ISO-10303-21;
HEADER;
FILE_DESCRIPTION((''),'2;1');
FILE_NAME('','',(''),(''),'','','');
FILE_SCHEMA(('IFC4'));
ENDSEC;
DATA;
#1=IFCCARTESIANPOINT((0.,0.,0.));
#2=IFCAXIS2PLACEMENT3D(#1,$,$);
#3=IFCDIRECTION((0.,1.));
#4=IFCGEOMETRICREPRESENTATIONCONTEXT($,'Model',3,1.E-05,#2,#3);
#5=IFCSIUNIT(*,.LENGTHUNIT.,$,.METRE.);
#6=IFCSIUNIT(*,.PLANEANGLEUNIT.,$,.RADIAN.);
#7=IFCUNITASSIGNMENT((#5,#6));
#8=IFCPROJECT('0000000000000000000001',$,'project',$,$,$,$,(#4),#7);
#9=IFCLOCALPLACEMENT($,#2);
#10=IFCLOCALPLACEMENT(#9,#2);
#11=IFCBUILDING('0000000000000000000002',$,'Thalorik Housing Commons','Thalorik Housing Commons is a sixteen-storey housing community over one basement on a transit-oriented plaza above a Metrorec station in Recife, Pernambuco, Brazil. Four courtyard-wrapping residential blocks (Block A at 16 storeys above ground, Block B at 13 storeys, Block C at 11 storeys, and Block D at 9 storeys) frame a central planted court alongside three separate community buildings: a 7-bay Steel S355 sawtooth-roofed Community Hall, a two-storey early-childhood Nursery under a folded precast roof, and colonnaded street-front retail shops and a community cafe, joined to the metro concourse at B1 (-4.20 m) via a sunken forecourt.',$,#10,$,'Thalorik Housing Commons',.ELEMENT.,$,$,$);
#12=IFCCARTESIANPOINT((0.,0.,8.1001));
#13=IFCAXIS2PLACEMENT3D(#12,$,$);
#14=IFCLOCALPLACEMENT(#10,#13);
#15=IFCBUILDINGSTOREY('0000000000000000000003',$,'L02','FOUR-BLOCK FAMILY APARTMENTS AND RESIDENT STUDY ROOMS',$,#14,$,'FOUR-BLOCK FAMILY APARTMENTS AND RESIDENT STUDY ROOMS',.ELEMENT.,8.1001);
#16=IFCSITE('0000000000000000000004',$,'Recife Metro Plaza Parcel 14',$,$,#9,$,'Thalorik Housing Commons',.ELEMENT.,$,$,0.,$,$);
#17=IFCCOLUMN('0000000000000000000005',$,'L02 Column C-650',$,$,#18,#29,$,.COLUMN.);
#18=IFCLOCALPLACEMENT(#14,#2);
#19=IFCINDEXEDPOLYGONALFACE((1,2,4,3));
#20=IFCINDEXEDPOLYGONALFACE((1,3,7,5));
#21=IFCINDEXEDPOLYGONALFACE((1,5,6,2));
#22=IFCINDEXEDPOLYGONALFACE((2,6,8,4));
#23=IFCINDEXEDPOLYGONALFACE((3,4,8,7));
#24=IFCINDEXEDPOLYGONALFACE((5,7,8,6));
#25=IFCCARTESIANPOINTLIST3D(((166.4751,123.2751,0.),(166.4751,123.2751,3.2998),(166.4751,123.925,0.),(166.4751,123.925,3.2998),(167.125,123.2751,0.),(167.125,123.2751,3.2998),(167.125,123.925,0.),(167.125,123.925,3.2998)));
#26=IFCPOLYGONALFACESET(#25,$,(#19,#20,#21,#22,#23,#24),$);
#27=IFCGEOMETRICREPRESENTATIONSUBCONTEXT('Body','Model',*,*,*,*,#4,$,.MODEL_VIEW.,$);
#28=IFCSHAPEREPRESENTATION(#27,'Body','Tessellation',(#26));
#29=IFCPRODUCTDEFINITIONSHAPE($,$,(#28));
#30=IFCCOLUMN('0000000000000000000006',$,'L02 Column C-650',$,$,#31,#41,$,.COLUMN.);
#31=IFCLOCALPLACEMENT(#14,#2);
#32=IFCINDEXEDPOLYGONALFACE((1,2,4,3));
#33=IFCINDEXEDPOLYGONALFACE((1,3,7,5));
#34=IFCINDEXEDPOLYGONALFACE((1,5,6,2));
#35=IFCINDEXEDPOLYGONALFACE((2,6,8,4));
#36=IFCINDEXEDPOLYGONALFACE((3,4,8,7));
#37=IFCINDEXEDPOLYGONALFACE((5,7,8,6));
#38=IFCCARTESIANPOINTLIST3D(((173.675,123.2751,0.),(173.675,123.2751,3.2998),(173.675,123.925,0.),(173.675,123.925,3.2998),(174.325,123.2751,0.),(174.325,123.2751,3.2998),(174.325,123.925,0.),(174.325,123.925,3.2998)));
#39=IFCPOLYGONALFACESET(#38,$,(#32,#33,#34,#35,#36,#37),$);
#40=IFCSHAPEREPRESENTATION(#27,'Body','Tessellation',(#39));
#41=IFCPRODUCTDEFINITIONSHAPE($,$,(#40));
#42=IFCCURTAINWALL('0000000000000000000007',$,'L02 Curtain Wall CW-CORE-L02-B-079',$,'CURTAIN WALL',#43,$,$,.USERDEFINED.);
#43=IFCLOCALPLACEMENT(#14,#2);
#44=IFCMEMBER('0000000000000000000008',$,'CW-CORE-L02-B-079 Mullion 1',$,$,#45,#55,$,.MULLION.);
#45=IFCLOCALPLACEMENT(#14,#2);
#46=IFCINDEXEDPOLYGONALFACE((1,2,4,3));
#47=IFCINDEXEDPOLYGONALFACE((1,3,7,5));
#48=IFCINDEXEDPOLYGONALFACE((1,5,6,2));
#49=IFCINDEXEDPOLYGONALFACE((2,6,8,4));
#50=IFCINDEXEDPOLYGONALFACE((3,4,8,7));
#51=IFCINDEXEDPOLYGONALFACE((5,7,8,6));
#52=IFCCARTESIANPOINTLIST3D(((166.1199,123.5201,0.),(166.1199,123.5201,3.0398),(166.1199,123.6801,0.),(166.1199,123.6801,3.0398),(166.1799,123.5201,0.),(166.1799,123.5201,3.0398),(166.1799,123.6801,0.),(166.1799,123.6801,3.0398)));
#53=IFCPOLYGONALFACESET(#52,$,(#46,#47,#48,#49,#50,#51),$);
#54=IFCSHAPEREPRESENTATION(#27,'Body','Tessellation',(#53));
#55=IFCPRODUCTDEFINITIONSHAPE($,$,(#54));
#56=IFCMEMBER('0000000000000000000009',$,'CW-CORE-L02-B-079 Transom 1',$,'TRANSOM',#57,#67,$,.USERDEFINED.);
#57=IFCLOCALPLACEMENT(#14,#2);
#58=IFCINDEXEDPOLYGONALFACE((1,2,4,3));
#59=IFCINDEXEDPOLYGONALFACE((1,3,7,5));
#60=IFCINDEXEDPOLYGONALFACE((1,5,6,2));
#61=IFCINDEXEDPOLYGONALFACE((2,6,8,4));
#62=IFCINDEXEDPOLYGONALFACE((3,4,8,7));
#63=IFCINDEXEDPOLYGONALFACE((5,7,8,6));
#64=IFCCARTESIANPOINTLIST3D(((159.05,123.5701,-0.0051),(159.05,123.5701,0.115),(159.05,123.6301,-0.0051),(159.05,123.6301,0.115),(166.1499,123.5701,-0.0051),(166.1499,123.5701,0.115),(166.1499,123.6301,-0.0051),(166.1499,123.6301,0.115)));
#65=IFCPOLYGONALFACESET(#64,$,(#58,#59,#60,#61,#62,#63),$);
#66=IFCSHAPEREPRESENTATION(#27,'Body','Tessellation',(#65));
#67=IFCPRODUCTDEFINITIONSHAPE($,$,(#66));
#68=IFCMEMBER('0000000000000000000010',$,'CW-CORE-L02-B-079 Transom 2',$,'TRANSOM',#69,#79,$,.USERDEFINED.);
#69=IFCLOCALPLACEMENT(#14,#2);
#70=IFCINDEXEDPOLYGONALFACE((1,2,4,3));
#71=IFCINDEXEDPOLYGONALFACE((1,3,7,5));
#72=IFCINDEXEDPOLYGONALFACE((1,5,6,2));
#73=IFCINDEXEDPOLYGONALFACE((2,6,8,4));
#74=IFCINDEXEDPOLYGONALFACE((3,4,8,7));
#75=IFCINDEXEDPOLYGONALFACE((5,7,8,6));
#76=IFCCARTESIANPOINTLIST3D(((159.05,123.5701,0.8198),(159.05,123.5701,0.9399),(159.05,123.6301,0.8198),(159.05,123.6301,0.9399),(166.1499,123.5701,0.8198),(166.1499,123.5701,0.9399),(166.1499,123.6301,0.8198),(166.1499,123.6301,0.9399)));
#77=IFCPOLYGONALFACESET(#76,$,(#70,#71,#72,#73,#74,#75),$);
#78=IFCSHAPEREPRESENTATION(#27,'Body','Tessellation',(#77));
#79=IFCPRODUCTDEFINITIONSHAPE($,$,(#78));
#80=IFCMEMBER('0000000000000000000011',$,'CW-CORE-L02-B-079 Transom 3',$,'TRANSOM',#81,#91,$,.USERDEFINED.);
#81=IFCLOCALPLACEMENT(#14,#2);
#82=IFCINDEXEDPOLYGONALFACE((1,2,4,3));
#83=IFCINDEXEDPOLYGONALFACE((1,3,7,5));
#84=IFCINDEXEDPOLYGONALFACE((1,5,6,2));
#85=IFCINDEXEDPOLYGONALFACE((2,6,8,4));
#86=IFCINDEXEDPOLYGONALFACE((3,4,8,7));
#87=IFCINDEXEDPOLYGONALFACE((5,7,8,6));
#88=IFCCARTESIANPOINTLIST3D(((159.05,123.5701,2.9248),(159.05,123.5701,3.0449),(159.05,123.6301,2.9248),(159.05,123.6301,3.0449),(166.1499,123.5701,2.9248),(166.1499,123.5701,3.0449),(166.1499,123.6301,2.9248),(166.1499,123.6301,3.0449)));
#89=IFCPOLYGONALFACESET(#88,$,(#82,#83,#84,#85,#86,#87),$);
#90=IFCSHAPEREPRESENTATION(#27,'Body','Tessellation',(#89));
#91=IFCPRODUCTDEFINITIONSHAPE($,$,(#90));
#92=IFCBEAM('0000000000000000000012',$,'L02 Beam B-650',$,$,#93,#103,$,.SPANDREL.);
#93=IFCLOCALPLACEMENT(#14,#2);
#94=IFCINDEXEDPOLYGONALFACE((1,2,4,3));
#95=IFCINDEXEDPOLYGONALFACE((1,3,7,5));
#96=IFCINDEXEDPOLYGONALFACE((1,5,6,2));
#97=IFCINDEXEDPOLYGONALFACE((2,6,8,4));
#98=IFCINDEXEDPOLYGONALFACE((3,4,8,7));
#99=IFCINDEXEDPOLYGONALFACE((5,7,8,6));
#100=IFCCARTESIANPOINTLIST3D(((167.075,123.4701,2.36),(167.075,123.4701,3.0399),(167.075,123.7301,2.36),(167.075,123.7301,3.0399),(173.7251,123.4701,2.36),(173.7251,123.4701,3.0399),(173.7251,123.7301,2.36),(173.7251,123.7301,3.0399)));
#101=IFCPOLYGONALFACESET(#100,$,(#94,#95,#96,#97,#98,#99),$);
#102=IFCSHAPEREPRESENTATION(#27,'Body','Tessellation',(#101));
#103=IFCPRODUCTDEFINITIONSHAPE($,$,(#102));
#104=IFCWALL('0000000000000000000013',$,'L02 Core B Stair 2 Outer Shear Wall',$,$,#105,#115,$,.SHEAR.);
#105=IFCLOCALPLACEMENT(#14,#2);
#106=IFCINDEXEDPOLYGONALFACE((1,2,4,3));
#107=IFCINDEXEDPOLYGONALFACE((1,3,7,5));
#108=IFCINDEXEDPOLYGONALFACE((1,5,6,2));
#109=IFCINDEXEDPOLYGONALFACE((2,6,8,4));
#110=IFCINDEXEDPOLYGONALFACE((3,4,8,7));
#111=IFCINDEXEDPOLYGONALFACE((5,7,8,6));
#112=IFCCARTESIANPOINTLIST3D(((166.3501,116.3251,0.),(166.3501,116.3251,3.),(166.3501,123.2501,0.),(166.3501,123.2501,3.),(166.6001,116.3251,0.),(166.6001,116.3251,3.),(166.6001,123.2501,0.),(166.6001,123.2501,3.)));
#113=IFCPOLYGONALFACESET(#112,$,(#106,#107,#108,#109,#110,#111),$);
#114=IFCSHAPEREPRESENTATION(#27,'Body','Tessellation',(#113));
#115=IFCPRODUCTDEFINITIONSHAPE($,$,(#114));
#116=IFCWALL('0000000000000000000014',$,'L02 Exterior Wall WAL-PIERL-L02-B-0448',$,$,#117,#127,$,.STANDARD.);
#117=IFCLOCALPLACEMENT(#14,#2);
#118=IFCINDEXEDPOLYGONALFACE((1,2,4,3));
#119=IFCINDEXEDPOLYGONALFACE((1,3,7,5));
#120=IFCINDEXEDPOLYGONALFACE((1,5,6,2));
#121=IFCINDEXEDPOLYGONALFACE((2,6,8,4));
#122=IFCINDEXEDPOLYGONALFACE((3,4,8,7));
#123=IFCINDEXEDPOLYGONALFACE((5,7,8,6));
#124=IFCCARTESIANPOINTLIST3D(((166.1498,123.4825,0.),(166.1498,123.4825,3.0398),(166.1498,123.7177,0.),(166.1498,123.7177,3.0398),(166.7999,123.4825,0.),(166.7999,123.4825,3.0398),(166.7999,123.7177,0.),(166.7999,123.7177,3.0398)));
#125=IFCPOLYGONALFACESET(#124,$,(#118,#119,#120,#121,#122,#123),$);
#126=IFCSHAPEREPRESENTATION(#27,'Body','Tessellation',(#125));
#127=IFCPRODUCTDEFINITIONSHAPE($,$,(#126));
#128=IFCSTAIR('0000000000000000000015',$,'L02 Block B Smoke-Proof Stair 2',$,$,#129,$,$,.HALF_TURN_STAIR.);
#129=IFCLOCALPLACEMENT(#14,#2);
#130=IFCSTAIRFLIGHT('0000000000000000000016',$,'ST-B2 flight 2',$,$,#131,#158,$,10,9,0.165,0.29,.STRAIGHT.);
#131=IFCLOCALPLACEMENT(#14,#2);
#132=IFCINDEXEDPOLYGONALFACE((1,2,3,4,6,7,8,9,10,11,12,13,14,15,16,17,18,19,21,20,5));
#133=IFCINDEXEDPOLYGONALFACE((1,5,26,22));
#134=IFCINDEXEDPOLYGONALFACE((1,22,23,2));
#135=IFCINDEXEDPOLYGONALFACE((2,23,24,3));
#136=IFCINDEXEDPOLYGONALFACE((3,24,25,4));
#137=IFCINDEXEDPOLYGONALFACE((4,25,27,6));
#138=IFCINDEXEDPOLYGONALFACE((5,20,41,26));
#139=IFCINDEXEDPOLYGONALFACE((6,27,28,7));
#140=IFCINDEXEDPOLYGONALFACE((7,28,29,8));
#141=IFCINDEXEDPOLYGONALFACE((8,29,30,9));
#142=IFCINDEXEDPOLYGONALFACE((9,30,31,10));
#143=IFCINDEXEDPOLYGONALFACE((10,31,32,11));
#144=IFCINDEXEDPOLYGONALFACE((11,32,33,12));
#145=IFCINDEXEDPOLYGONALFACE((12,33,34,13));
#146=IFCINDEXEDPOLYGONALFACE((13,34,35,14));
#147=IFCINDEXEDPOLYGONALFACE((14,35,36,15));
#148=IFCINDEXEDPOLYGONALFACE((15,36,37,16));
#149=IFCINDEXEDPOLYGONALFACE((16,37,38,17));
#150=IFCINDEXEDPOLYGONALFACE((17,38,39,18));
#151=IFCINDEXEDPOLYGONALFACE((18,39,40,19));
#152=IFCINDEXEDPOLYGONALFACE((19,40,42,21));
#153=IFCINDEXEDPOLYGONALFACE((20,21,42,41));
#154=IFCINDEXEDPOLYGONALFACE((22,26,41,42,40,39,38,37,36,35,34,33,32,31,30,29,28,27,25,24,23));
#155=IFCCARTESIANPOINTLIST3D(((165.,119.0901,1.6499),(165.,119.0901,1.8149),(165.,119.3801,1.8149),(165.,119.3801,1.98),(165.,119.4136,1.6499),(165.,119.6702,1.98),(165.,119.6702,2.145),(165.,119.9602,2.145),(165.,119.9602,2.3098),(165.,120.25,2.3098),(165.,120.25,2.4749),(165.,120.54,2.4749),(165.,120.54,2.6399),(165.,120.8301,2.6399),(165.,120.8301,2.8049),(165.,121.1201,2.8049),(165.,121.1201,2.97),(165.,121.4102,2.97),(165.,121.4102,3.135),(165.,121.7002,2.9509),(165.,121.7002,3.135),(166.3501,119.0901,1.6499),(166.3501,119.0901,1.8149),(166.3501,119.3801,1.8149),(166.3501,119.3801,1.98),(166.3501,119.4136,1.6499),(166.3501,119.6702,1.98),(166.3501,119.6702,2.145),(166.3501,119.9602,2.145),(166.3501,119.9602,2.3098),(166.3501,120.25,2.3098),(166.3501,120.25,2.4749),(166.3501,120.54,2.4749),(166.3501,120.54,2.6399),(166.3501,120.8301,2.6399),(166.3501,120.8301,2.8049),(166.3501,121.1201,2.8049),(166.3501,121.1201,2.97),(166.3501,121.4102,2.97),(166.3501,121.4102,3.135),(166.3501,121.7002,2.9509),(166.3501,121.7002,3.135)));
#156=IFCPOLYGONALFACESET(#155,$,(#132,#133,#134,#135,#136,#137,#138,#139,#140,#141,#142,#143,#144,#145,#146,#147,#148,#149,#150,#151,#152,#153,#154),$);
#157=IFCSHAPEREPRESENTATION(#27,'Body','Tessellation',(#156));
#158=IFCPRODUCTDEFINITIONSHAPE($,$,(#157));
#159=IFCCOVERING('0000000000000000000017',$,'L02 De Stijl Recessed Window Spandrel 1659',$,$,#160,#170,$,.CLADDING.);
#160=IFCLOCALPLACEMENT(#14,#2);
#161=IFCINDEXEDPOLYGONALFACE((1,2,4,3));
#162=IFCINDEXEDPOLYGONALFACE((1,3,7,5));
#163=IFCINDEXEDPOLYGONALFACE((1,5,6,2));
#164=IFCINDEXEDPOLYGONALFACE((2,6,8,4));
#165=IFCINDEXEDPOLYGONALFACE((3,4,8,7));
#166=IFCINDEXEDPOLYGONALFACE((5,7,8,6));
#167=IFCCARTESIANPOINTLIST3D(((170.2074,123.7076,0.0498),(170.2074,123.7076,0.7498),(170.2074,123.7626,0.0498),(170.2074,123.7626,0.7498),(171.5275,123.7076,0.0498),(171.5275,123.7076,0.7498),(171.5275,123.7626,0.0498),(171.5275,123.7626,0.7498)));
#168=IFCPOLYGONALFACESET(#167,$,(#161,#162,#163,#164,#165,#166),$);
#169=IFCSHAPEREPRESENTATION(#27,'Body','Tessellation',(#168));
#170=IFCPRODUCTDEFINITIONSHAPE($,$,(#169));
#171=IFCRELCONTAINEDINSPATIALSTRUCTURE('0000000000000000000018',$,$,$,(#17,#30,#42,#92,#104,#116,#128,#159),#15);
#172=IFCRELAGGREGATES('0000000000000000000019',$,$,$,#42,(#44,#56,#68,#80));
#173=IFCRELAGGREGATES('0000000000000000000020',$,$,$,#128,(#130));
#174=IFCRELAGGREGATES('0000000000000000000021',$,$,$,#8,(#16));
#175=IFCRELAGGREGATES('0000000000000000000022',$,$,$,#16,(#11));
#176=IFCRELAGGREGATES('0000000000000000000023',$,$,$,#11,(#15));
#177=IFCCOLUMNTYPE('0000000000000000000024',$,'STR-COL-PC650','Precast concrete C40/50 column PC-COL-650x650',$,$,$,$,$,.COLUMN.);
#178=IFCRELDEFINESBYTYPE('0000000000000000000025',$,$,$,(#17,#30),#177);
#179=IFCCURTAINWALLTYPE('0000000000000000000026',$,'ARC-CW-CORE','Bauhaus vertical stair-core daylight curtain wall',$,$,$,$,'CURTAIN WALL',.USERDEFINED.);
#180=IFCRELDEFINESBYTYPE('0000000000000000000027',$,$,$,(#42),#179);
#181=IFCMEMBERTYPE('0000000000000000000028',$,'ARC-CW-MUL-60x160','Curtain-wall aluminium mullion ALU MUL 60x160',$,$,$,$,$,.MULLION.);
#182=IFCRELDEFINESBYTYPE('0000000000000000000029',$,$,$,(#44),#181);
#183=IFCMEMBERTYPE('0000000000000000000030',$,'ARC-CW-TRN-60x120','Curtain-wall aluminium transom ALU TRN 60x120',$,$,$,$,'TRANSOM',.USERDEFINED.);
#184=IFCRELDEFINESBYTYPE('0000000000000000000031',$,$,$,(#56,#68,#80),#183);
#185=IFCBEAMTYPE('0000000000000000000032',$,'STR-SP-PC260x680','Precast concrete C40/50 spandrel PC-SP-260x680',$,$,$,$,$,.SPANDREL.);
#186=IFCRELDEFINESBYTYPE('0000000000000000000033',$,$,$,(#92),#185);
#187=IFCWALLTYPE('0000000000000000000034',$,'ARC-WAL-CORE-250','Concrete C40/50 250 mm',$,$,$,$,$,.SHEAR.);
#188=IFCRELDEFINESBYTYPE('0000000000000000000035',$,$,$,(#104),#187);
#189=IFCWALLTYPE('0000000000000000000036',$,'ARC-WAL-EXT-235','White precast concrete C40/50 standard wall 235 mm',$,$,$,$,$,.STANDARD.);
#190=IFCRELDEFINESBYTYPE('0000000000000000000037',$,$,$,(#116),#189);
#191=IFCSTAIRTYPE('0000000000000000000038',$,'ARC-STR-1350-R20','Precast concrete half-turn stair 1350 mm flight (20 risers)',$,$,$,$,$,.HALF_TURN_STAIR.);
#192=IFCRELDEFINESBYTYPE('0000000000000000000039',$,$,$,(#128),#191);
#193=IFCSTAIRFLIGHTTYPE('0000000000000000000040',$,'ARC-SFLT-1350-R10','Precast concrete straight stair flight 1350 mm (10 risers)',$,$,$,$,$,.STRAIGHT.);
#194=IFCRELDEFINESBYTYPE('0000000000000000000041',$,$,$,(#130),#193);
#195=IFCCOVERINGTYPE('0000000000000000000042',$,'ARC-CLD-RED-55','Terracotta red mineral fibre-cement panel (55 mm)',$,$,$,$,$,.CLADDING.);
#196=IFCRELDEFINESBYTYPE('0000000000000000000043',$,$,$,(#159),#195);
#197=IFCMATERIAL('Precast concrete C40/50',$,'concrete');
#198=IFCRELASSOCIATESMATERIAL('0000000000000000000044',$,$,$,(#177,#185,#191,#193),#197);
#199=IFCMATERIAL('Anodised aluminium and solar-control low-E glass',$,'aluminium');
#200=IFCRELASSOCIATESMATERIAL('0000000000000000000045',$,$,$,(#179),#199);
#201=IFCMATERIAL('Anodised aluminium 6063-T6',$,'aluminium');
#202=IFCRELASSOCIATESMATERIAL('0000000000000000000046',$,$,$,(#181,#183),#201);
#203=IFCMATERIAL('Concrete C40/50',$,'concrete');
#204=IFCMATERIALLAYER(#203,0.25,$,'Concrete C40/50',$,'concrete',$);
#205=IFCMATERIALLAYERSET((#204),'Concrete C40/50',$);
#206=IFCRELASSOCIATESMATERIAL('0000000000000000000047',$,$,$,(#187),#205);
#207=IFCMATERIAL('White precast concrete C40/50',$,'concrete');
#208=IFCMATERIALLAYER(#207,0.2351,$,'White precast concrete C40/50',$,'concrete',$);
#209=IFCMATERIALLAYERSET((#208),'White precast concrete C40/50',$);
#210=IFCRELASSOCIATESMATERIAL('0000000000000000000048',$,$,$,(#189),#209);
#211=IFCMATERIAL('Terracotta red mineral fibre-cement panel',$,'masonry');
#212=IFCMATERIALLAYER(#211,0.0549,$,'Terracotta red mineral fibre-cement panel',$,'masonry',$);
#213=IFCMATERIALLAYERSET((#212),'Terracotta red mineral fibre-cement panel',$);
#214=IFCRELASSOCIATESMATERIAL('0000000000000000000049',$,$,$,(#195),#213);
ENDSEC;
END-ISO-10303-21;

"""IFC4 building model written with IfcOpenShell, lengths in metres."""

from ifc_helpers import new_model, si_unit, direction, frame, frame_2d, origin, origin_2d, place, context, subcontext, project, spatial, polyline, rectangle, outline, extrude, material, layer, layer_set, material_profile, profile_set, type_object, element, aggregate, save


model = new_model("IFC4")

# Units and contexts
model_context = context("Model", 3, precision=1e-05, world=origin(), true_north=direction((0.0, 1.0)))
body_context = subcontext(model_context, "Body", "Model", "MODEL_VIEW")
ifc_project = project(units=[si_unit("LENGTHUNIT", "METRE"), si_unit("PLANEANGLEUNIT", "RADIAN")], contexts=[model_context])

# Site, building, storey
site_placement = place(None, origin())
site = spatial("IfcSite", under=ifc_project, at=site_placement, Name="Recife Metro Plaza Parcel 14", LongName="Thalorik Housing Commons", CompositionType="ELEMENT", RefElevation=0.0)
building_placement = place(site_placement, origin())
building = spatial("IfcBuilding", under=site, at=building_placement, Name="Thalorik Housing Commons", Description="Thalorik Housing Commons is a sixteen-storey housing community over one basement on a transit-oriented plaza above a Metrorec station in Recife, Pernambuco, Brazil. Four courtyard-wrapping residential blocks (Block A at 16 storeys above ground, Block B at 13 storeys, Block C at 11 storeys, and Block D at 9 storeys) frame a central planted court alongside three separate community buildings: a 7-bay Steel S355 sawtooth-roofed Community Hall, a two-storey early-childhood Nursery under a folded precast roof, and colonnaded street-front retail shops and a community cafe, joined to the metro concourse at B1 (-4.20 m) via a sunken forecourt.", LongName="Thalorik Housing Commons", CompositionType="ELEMENT")
storey_placement = place(building_placement, frame((0.0, 0.0, 8.1001)))
storey = spatial("IfcBuildingStorey", under=building, at=storey_placement, Name="L02", Description="FOUR-BLOCK FAMILY APARTMENTS AND RESIDENT STUDY ROOMS", LongName="FOUR-BLOCK FAMILY APARTMENTS AND RESIDENT STUDY ROOMS", CompositionType="ELEMENT", Elevation=8.1001)

# Columns
ifc_material_1 = material(Name="Precast concrete C40/50", Category="concrete")
ifc_material_profile_1 = material_profile(ifc_material_1, rectangle(XDim=0.6499, YDim=0.6499, at=origin_2d()), Name="PC 650x650", Category="concrete")
ifc_profile_set_1 = profile_set([ifc_material_profile_1], Name="Precast concrete C40/50")
column_type = type_object("IfcColumnType", Name="STR-COL-PC650", Description="Precast concrete C40/50 column PC-COL-650x650", PredefinedType="COLUMN", material=ifc_profile_set_1)
for number, where, z_axis, x_axis, name in (
    (1, (166.8, 123.6001, 0.0), (0.0, 0.0, 1.0), (1.0, 0.0, 0.0), "L02 Column C-650"),
    (2, (174.0, 123.6001, 0.0), (0.0, 0.0, 1.0), (1.0, 0.0, 0.0), "L02 Column C-650"),
):
    element("IfcColumn", number, at=place(storey_placement, frame(where, z_axis=z_axis, x_axis=x_axis)), inside=storey, type_object=column_type, Name=name, PredefinedType="COLUMN", context=body_context, shape_type="SweptSolid", body=[
        extrude(rectangle(XDim=0.6499, YDim=0.6499, at=origin_2d()), origin(), (0.0, 0.0, 1.0), 3.2998),
    ])

# Curtain wall, members
ifc_material_2 = material(Name="Anodised aluminium and solar-control low-E glass", Category="aluminium")
curtain_wall_type = type_object("IfcCurtainWallType", Name="ARC-CW-CORE", Description="Bauhaus vertical stair-core daylight curtain wall", ElementType="CURTAIN WALL", PredefinedType="USERDEFINED", material=ifc_material_2)
curtain_wall_placement = place(storey_placement, origin())
curtain_wall = element("IfcCurtainWall", 3, at=curtain_wall_placement, inside=storey, type_object=curtain_wall_type, Name="L02 Curtain Wall CW-CORE-L02-B-079", ObjectType="CURTAIN WALL", PredefinedType="USERDEFINED")
ifc_material_3 = material(Name="Anodised aluminium 6063-T6", Category="aluminium")
ifc_material_profile_2 = material_profile(ifc_material_3, rectangle(XDim=0.0601, YDim=0.1599, at=origin_2d()), Name="ALU MUL 60x160", Category="aluminium")
ifc_profile_set_2 = profile_set([ifc_material_profile_2], Name="Anodised aluminium 6063-T6")
member_type_1 = type_object("IfcMemberType", Name="ARC-CW-MUL-60x160", Description="Curtain-wall aluminium mullion ALU MUL 60x160", PredefinedType="MULLION", material=ifc_profile_set_2)
member_1_placement = place(storey_placement, frame((166.1499, 123.6001, 0.0), z_axis=(0.0, 0.0, 1.0), x_axis=(-1.0, 0.0, 0.0)))
member_1 = element("IfcMember", 4, at=member_1_placement, type_object=member_type_1, Name="CW-CORE-L02-B-079 Mullion 1", PredefinedType="MULLION", context=body_context, shape_type="SweptSolid", body=[
    extrude(rectangle(XDim=0.0601, YDim=0.1599, at=origin_2d()), origin(), (0.0, 0.0, 1.0), 3.0398),
])
ifc_material_profile_3 = material_profile(ifc_material_3, rectangle(XDim=0.0601, YDim=0.1201, at=origin_2d()), Name="ALU TRN 60x120", Category="aluminium")
ifc_profile_set_3 = profile_set([ifc_material_profile_3], Name="Anodised aluminium 6063-T6")
member_type_2 = type_object("IfcMemberType", Name="ARC-CW-TRN-60x120", Description="Curtain-wall aluminium transom ALU TRN 60x120", ElementType="TRANSOM", PredefinedType="USERDEFINED", material=ifc_profile_set_3)
member_2_placement = place(storey_placement, frame((166.1499, 123.6001, 0.0549), z_axis=(-1.0, 0.0, 0.0), x_axis=(0.0, -1.0, 0.0)))
member_2 = element("IfcMember", 5, at=member_2_placement, type_object=member_type_2, Name="CW-CORE-L02-B-079 Transom 1", ObjectType="TRANSOM", PredefinedType="USERDEFINED", context=body_context, shape_type="SweptSolid", body=[
    extrude(rectangle(XDim=0.0601, YDim=0.1201, at=origin_2d()), origin(), (0.0, 0.0, 1.0), 7.0999),
])
member_3_placement = place(storey_placement, frame((166.1499, 123.6001, 0.8799), z_axis=(-1.0, 0.0, 0.0), x_axis=(0.0, -1.0, 0.0)))
member_3 = element("IfcMember", 6, at=member_3_placement, type_object=member_type_2, Name="CW-CORE-L02-B-079 Transom 2", ObjectType="TRANSOM", PredefinedType="USERDEFINED", context=body_context, shape_type="SweptSolid", body=[
    extrude(rectangle(XDim=0.0601, YDim=0.1201, at=origin_2d()), origin(), (0.0, 0.0, 1.0), 7.0999),
])
member_4_placement = place(storey_placement, frame((166.1499, 123.6001, 2.9849), z_axis=(-1.0, 0.0, 0.0), x_axis=(0.0, -1.0, 0.0)))
member_4 = element("IfcMember", 7, at=member_4_placement, type_object=member_type_2, Name="CW-CORE-L02-B-079 Transom 3", ObjectType="TRANSOM", PredefinedType="USERDEFINED", context=body_context, shape_type="SweptSolid", body=[
    extrude(rectangle(XDim=0.0601, YDim=0.1201, at=origin_2d()), origin(), (0.0, 0.0, 1.0), 7.0999),
])
aggregate(curtain_wall, [member_1, member_2, member_3, member_4])

# Beam
ifc_material_profile_4 = material_profile(ifc_material_1, rectangle(XDim=0.26, YDim=0.6799, at=origin_2d()), Name="PC SP 260x680", Category="concrete")
ifc_profile_set_4 = profile_set([ifc_material_profile_4], Name="Precast concrete C40/50")
beam_type = type_object("IfcBeamType", Name="STR-SP-PC260x680", Description="Precast concrete C40/50 spandrel PC-SP-260x680", PredefinedType="SPANDREL", material=ifc_profile_set_4)
beam_placement = place(storey_placement, frame((167.075, 123.6001, 2.7), z_axis=(1.0, 0.0, 0.0), x_axis=(0.0, 1.0, 0.0)))
element("IfcBeam", 8, at=beam_placement, inside=storey, type_object=beam_type, Name="L02 Beam B-650", PredefinedType="SPANDREL", context=body_context, shape_type="SweptSolid", body=[
    extrude(rectangle(XDim=0.26, YDim=0.6799, at=origin_2d()), origin(), (0.0, 0.0, 1.0), 6.6501),
])

# Wall
ifc_material_4 = material(Name="Concrete C40/50", Category="concrete")
ifc_layer_1 = layer(ifc_material_4, 0.25, Name="Concrete C40/50", Category="concrete")
ifc_layer_set_1 = layer_set([ifc_layer_1], Name="Concrete C40/50")
wall_type_1 = type_object("IfcWallType", Name="ARC-WAL-CORE-250", Description="Concrete C40/50 250 mm", PredefinedType="SHEAR", material=ifc_layer_set_1)
wall_1_placement = place(storey_placement, frame((166.4751, 123.25, 0.0), z_axis=(0.0, 0.0, 1.0), x_axis=(0.0, -1.0, 0.0)))
element("IfcWall", 9, at=wall_1_placement, inside=storey, type_object=wall_type_1, Name="L02 Core B Stair 2 Outer Shear Wall", PredefinedType="SHEAR", context=body_context, shape_type="SweptSolid", body=[
    extrude(rectangle(XDim=6.925, YDim=0.25, at=frame_2d((3.4624, 0.0))), origin(), (0.0, 0.0, 1.0), 3.0),
])

# Shared definitions
ifc_material_5 = material(Name="White precast concrete C40/50", Category="concrete")
ifc_layer_2 = layer(ifc_material_5, 0.2351, Name="White precast concrete C40/50", Category="concrete")
ifc_layer_set_2 = layer_set([ifc_layer_2], Name="White precast concrete C40/50")
wall_type_2 = type_object("IfcWallType", Name="ARC-WAL-EXT-235", Description="White precast concrete C40/50 standard wall 235 mm", PredefinedType="STANDARD", material=ifc_layer_set_2)

# Wall
wall_2_placement = place(storey_placement, frame((166.8, 123.6001, 0.0), z_axis=(0.0, 0.0, 1.0), x_axis=(-1.0, 0.0, 0.0)))
element("IfcWall", 10, at=wall_2_placement, inside=storey, type_object=wall_type_2, Name="L02 Exterior Wall WAL-PIERL-L02-B-0448", PredefinedType="STANDARD", context=body_context, shape_type="SweptSolid", body=[
    extrude(rectangle(XDim=0.6501, YDim=0.2351, at=frame_2d((0.3252, 0.0))), origin(), (0.0, 0.0, 1.0), 3.0398),
])

# Stair, stair flight
stair_type = type_object("IfcStairType", Name="ARC-STR-1350-R20", Description="Precast concrete half-turn stair 1350 mm flight (20 risers)", PredefinedType="HALF_TURN_STAIR", material=ifc_material_1)
stair_placement = place(storey_placement, origin())
stair = element("IfcStair", 11, at=stair_placement, inside=storey, type_object=stair_type, Name="L02 Block B Smoke-Proof Stair 2", PredefinedType="HALF_TURN_STAIR")
stair_flight_type = type_object("IfcStairFlightType", Name="ARC-SFLT-1350-R10", Description="Precast concrete straight stair flight 1350 mm (10 risers)", PredefinedType="STRAIGHT", material=ifc_material_1)
stair_flight_placement = place(storey_placement, frame((165.675, 119.0901, 1.6499), z_axis=(0.0, 0.0, 1.0), x_axis=(0.0, 1.0, 0.0)))
stair_flight = element("IfcStairFlight", 12, at=stair_flight_placement, type_object=stair_flight_type, Name="ST-B2 flight 2", NumberOfRisers=10, NumberOfTreads=9, PredefinedType="STRAIGHT", RiserHeight=0.165, TreadLength=0.29, context=body_context, shape_type="SweptSolid", body=[
    extrude(outline(polyline([(0.0, 0.0), (0.0, 0.165), (0.29, 0.165), (0.29, 0.3301), (0.5801, 0.3301), (0.5801, 0.4951), (0.8701, 0.4951), (0.8701, 0.6599), (1.1599, 0.6599), (1.1599, 0.825), (1.45, 0.825), (1.45, 0.99), (1.74, 0.99), (1.74, 1.155), (2.03, 1.155), (2.03, 1.3201), (2.3201, 1.3201), (2.3201, 1.4851), (2.6101, 1.4851), (2.6101, 1.6499), (2.6101, 1.301), (0.3235, 0.0), (0.0, 0.0)])), frame((0.0, 0.675, 0.0), z_axis=(0.0, -1.0, 0.0), x_axis=(1.0, 0.0, 0.0)), (0.0, 0.0, 1.0), 1.3501),
])
aggregate(stair, [stair_flight])

# Covering
ifc_material_6 = material(Name="Terracotta red mineral fibre-cement panel", Category="masonry")
ifc_layer_3 = layer(ifc_material_6, 0.0549, Name="Terracotta red mineral fibre-cement panel", Category="masonry")
ifc_layer_set_3 = layer_set([ifc_layer_3], Name="Terracotta red mineral fibre-cement panel")
covering_type_1 = type_object("IfcCoveringType", Name="ARC-CLD-RED-55", Description="Terracotta red mineral fibre-cement panel (55 mm)", PredefinedType="CLADDING", material=ifc_layer_set_3)
covering_1_placement = place(storey_placement, frame((170.8674, 123.7351, 0.0498), z_axis=(0.0, 0.0, 1.0), x_axis=(-1.0, 0.0, 0.0)))
element("IfcCovering", 13, at=covering_1_placement, inside=storey, type_object=covering_type_1, Name="L02 De Stijl Recessed Window Spandrel 1659", PredefinedType="CLADDING", context=body_context, shape_type="SweptSolid", body=[
    extrude(rectangle(XDim=1.3201, YDim=0.0549, at=origin_2d()), origin(), (0.0, 0.0, 1.0), 0.7),
])

save(model, "model.ifc")
